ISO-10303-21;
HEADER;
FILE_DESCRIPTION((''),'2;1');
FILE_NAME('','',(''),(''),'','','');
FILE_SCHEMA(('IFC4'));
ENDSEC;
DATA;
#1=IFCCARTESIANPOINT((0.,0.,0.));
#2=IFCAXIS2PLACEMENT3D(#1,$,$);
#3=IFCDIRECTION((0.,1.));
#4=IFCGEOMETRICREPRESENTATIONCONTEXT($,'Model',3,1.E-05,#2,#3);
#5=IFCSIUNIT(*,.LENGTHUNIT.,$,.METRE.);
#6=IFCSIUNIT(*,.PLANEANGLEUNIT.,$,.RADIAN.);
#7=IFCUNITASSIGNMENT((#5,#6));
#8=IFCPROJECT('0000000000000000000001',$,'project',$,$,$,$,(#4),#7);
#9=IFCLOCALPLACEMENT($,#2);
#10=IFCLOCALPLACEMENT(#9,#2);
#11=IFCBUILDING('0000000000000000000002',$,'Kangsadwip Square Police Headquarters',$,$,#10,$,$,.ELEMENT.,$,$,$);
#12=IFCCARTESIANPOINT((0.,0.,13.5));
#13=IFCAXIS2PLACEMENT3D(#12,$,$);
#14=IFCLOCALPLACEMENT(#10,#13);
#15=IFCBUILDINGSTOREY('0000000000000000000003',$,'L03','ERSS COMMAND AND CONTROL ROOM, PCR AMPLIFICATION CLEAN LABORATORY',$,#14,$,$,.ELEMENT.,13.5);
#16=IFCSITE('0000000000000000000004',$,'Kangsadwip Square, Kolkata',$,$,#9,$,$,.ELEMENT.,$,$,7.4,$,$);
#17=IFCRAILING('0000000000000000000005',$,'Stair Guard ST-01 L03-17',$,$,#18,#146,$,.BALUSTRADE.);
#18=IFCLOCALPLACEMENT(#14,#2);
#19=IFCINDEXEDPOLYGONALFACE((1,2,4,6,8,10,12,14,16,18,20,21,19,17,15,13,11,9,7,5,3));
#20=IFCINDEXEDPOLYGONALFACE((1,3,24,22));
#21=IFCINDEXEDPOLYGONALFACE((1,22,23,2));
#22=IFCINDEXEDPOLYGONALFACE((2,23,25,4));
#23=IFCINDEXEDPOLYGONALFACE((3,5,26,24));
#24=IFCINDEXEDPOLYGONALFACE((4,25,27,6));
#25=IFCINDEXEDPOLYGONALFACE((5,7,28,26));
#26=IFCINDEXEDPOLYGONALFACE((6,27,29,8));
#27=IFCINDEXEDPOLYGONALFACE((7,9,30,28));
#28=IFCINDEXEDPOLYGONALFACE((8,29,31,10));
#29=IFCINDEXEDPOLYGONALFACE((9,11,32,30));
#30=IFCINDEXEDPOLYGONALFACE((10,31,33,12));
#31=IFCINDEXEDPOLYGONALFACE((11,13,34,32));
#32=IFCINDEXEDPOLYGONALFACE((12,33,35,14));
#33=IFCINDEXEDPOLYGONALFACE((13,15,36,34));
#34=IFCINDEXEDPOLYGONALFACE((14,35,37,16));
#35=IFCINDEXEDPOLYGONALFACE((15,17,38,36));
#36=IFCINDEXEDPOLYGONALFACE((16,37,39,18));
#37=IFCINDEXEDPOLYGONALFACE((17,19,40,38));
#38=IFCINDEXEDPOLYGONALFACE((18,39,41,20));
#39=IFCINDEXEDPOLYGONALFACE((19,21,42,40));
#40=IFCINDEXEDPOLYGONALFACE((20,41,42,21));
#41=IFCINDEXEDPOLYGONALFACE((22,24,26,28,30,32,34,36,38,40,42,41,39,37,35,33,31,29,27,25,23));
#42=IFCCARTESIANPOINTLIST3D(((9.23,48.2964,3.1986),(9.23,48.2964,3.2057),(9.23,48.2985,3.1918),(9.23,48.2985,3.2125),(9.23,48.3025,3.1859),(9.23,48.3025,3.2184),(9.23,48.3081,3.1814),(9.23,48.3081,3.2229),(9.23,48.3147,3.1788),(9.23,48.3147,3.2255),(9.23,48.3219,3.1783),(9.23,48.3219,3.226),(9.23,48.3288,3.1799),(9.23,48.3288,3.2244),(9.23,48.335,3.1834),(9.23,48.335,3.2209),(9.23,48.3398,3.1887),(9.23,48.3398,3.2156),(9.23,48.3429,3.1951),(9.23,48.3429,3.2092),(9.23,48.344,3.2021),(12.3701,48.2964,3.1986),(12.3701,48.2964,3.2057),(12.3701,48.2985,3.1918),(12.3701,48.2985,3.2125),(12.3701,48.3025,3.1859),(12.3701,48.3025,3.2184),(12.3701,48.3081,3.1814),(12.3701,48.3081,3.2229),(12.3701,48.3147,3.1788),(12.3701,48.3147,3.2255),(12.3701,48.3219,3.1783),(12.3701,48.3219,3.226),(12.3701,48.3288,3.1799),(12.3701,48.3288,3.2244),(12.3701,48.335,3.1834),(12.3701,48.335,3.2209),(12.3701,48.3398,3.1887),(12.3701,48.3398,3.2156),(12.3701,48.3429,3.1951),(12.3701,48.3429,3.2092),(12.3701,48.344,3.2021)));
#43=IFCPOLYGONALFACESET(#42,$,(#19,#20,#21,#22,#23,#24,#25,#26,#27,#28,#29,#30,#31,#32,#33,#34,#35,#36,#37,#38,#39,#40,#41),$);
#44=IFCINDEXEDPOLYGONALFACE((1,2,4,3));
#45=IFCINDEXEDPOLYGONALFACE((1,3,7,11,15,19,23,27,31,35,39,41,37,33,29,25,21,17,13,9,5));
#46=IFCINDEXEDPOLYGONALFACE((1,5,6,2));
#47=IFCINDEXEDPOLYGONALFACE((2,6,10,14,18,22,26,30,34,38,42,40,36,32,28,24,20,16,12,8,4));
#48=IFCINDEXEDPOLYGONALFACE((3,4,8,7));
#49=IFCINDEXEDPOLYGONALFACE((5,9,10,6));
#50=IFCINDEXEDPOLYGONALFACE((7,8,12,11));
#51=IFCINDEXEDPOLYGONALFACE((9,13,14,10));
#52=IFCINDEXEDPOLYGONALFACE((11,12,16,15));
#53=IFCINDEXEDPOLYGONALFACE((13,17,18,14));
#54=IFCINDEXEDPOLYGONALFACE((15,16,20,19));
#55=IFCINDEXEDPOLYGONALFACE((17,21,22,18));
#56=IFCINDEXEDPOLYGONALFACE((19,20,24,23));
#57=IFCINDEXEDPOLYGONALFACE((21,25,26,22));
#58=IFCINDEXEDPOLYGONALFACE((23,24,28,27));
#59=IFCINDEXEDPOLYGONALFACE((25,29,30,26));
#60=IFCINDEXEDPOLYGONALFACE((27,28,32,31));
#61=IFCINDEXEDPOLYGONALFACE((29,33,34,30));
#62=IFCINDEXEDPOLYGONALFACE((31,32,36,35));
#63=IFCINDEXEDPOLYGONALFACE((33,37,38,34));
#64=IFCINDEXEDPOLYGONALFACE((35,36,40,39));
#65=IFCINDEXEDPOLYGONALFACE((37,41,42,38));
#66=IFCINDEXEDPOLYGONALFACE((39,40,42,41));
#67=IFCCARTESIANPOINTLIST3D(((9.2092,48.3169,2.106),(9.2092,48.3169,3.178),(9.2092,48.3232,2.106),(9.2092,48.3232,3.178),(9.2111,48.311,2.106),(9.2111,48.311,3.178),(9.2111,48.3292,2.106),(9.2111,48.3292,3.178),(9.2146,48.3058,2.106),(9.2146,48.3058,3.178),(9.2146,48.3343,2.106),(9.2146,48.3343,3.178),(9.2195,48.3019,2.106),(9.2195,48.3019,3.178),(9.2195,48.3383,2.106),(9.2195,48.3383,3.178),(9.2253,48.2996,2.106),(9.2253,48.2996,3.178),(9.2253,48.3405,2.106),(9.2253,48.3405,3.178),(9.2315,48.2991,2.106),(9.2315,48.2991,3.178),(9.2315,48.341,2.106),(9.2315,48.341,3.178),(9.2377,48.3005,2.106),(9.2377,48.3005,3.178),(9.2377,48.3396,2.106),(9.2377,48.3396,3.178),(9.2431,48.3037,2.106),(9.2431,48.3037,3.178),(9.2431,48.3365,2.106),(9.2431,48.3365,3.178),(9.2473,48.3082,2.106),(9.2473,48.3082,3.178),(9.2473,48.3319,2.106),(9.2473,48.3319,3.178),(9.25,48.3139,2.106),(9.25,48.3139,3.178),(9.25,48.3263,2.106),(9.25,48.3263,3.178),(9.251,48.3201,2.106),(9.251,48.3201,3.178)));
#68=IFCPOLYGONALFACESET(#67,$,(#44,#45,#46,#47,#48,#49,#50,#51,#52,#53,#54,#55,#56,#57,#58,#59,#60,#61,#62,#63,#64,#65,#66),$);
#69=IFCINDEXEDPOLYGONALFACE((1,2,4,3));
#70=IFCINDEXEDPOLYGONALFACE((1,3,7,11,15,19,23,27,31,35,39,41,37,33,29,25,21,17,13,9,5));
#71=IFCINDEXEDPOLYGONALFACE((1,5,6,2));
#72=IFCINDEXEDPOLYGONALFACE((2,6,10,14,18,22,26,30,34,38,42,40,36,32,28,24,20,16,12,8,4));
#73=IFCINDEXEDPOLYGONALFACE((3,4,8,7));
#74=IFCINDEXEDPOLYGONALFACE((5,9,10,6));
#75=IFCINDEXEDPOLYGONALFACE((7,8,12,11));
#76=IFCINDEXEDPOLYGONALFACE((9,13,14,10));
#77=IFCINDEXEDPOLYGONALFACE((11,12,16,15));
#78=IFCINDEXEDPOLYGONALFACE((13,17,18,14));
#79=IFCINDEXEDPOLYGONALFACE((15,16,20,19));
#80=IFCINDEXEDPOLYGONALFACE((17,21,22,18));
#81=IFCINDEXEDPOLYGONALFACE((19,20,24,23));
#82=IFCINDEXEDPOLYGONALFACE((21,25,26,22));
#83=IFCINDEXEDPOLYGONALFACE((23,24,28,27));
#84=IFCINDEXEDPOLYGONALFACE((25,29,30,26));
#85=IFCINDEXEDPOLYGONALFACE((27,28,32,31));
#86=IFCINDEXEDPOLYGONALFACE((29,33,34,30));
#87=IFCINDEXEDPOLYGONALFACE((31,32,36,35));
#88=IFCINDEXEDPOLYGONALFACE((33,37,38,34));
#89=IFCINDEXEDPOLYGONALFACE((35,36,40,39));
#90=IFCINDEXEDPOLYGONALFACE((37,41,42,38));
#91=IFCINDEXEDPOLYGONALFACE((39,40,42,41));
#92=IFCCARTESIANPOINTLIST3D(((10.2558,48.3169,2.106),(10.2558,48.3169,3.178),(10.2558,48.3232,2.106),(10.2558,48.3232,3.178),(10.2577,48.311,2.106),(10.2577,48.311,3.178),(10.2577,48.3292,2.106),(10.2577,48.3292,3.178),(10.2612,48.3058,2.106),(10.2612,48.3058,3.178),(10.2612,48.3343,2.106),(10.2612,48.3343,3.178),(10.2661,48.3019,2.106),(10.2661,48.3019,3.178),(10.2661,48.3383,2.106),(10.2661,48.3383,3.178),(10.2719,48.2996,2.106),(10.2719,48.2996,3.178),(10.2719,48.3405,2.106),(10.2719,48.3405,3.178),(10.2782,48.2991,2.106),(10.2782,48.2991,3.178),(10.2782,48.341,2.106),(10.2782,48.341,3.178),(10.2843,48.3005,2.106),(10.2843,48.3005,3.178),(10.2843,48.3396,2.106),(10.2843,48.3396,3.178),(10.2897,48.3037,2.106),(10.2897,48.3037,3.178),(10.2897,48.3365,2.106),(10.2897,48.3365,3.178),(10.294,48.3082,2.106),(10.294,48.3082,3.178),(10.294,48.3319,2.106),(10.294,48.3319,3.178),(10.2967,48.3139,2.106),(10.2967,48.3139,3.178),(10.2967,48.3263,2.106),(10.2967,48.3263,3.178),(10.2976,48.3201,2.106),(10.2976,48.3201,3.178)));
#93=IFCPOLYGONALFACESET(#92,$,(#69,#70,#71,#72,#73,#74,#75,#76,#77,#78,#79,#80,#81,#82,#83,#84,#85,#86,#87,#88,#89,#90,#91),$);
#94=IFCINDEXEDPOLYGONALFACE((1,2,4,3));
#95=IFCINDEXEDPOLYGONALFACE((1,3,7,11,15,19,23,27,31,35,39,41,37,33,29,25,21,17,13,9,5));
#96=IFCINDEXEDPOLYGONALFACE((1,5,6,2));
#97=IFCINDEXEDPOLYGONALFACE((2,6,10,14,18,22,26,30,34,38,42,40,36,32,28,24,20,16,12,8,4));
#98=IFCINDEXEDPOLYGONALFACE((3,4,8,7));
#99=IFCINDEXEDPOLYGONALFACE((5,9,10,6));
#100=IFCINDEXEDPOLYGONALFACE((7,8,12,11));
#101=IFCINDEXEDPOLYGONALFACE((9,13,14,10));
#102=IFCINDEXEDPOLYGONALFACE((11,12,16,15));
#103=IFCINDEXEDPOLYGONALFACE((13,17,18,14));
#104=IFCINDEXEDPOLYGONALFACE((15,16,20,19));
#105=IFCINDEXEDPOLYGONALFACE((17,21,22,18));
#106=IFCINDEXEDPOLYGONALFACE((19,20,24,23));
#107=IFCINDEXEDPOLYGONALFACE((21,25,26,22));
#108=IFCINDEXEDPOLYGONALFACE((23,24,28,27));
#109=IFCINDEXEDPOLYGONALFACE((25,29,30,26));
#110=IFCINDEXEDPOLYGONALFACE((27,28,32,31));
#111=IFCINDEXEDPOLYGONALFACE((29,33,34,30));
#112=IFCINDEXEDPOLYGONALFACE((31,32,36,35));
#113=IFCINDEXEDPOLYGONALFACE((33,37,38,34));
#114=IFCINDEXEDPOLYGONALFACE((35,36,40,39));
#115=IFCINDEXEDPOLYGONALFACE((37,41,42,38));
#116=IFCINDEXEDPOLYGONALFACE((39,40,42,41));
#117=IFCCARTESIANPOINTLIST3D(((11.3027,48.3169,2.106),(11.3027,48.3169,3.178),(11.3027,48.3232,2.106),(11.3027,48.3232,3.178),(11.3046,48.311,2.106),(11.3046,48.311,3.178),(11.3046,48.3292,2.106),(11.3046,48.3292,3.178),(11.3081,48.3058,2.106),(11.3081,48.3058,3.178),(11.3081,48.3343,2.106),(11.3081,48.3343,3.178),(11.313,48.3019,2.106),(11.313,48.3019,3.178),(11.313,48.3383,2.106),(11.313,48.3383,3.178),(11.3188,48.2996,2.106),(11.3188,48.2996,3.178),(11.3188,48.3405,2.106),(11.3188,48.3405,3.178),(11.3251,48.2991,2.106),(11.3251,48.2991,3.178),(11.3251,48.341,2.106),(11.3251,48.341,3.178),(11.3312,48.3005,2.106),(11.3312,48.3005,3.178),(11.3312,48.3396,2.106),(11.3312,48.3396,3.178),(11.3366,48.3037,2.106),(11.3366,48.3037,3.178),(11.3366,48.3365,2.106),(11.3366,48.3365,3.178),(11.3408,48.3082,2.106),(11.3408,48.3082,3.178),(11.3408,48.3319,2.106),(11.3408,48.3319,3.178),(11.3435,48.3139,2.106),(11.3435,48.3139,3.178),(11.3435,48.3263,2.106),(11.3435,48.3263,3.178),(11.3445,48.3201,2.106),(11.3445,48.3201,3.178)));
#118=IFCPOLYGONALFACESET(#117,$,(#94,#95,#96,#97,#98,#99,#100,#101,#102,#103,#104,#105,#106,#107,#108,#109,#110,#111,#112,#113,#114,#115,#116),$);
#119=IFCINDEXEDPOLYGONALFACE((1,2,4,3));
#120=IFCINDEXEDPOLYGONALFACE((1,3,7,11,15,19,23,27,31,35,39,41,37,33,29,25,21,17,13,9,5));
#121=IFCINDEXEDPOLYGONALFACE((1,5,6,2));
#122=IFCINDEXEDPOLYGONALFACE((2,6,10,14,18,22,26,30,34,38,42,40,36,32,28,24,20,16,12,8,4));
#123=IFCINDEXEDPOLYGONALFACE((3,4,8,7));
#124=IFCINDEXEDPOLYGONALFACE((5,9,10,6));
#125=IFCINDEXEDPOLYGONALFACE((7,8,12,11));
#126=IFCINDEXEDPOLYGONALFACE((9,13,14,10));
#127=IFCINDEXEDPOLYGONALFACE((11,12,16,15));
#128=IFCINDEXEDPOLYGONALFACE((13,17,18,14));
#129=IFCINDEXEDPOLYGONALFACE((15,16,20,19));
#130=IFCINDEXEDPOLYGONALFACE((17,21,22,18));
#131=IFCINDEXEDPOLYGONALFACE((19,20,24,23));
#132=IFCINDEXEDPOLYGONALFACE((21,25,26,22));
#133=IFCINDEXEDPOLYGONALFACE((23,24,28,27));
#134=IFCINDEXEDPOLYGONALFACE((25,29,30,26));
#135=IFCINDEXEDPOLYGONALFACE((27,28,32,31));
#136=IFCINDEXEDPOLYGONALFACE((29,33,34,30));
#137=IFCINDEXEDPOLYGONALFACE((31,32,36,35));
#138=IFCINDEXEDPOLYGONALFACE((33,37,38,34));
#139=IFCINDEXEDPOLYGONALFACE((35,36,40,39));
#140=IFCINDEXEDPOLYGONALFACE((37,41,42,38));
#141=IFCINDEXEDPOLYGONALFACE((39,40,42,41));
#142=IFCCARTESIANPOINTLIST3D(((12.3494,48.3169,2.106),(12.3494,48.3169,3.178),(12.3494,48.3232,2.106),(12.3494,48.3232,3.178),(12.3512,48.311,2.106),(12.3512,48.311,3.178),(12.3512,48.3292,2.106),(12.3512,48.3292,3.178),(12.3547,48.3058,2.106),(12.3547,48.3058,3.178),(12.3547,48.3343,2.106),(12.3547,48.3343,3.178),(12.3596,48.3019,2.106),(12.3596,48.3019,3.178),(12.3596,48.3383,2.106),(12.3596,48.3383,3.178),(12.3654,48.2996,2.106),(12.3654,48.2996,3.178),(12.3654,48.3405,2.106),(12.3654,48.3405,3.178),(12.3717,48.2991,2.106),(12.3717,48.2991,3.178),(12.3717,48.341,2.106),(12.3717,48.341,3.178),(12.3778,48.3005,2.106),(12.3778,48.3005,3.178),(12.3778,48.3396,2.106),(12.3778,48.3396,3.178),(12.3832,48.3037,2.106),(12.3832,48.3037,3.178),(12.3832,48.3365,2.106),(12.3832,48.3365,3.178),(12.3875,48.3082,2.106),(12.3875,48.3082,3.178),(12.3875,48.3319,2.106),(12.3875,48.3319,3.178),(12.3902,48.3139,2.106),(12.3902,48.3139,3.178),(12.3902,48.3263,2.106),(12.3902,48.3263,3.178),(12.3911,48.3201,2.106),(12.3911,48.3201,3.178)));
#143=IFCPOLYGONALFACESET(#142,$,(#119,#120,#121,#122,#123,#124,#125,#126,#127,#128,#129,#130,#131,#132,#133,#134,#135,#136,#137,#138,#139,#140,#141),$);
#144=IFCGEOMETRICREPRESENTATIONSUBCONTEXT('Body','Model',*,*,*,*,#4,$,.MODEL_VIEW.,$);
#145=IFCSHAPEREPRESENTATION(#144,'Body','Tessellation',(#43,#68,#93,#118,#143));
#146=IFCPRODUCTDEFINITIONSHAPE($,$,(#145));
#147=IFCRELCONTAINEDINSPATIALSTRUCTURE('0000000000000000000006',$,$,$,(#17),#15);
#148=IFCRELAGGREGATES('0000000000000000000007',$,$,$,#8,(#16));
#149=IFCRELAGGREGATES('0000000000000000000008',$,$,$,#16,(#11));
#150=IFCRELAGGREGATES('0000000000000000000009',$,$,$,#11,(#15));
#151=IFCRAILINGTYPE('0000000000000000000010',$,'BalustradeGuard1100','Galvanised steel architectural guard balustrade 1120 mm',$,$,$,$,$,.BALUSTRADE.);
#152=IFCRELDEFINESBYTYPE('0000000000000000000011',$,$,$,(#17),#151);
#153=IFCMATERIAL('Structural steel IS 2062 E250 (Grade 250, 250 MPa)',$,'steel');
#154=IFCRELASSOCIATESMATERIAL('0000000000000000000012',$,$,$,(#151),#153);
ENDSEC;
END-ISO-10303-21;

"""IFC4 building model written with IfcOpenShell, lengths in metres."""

from ifc_helpers import new_model, si_unit, direction, frame, origin, origin_2d, place, context, subcontext, project, spatial, circle, extrude, material, type_object, element, save


model = new_model("IFC4")

# Units and contexts
model_context = context("Model", 3, precision=1e-05, world=origin(), true_north=direction((0.0, 1.0)))
body_context = subcontext(model_context, "Body", "Model", "MODEL_VIEW")
ifc_project = project(units=[si_unit("LENGTHUNIT", "METRE"), si_unit("PLANEANGLEUNIT", "RADIAN")], contexts=[model_context])

# Site, building, storey
site_placement = place(None, origin())
site = spatial("IfcSite", under=ifc_project, at=site_placement, Name="Kangsadwip Square, Kolkata", CompositionType="ELEMENT", RefElevation=7.4)
building_placement = place(site_placement, origin())
building = spatial("IfcBuilding", under=site, at=building_placement, Name="Kangsadwip Square Police Headquarters", CompositionType="ELEMENT")
storey_placement = place(building_placement, frame((0.0, 0.0, 13.5)))
storey = spatial("IfcBuildingStorey", under=building, at=storey_placement, Name="L03", Description="ERSS COMMAND AND CONTROL ROOM, PCR AMPLIFICATION CLEAN LABORATORY", CompositionType="ELEMENT", Elevation=13.5)

# Railing
ifc_material_1 = material(Name="Structural steel IS 2062 E250 (Grade 250, 250 MPa)", Category="steel")
railing_type_1 = type_object("IfcRailingType", Name="BalustradeGuard1100", Description="Galvanised steel architectural guard balustrade 1120 mm", PredefinedType="BALUSTRADE", material=ifc_material_1)
for number, where, name in (
    (1, (9.23, 48.3201, 2.106), "Stair Guard ST-01 L03-17"),
):
    element("IfcRailing", number, at=place(storey_placement, frame(where)), inside=storey, type_object=railing_type_1, Name=name, PredefinedType="BALUSTRADE", context=body_context, shape_type="SweptSolid", body=[
        extrude(circle(Radius=0.0239, at=origin_2d()), frame((0.0, 0.0, 1.0962), z_axis=(1.0, 0.0, 0.0), x_axis=(0.0, 1.0, 0.0)), (0.0, 0.0, 1.0), 3.1401),
        extrude(circle(Radius=0.021, at=origin_2d()), origin(), (0.0, 0.0, 1.0), 1.072),
        extrude(circle(Radius=0.021, at=origin_2d()), frame((1.0466, 0.0, 0.0)), (0.0, 0.0, 1.0), 1.072),
        extrude(circle(Radius=0.021, at=origin_2d()), frame((2.0935, 0.0, 0.0)), (0.0, 0.0, 1.0), 1.072),
        extrude(circle(Radius=0.021, at=origin_2d()), frame((3.1401, 0.0, 0.0)), (0.0, 0.0, 1.0), 1.072),
    ])

save(model, "model.ifc")
